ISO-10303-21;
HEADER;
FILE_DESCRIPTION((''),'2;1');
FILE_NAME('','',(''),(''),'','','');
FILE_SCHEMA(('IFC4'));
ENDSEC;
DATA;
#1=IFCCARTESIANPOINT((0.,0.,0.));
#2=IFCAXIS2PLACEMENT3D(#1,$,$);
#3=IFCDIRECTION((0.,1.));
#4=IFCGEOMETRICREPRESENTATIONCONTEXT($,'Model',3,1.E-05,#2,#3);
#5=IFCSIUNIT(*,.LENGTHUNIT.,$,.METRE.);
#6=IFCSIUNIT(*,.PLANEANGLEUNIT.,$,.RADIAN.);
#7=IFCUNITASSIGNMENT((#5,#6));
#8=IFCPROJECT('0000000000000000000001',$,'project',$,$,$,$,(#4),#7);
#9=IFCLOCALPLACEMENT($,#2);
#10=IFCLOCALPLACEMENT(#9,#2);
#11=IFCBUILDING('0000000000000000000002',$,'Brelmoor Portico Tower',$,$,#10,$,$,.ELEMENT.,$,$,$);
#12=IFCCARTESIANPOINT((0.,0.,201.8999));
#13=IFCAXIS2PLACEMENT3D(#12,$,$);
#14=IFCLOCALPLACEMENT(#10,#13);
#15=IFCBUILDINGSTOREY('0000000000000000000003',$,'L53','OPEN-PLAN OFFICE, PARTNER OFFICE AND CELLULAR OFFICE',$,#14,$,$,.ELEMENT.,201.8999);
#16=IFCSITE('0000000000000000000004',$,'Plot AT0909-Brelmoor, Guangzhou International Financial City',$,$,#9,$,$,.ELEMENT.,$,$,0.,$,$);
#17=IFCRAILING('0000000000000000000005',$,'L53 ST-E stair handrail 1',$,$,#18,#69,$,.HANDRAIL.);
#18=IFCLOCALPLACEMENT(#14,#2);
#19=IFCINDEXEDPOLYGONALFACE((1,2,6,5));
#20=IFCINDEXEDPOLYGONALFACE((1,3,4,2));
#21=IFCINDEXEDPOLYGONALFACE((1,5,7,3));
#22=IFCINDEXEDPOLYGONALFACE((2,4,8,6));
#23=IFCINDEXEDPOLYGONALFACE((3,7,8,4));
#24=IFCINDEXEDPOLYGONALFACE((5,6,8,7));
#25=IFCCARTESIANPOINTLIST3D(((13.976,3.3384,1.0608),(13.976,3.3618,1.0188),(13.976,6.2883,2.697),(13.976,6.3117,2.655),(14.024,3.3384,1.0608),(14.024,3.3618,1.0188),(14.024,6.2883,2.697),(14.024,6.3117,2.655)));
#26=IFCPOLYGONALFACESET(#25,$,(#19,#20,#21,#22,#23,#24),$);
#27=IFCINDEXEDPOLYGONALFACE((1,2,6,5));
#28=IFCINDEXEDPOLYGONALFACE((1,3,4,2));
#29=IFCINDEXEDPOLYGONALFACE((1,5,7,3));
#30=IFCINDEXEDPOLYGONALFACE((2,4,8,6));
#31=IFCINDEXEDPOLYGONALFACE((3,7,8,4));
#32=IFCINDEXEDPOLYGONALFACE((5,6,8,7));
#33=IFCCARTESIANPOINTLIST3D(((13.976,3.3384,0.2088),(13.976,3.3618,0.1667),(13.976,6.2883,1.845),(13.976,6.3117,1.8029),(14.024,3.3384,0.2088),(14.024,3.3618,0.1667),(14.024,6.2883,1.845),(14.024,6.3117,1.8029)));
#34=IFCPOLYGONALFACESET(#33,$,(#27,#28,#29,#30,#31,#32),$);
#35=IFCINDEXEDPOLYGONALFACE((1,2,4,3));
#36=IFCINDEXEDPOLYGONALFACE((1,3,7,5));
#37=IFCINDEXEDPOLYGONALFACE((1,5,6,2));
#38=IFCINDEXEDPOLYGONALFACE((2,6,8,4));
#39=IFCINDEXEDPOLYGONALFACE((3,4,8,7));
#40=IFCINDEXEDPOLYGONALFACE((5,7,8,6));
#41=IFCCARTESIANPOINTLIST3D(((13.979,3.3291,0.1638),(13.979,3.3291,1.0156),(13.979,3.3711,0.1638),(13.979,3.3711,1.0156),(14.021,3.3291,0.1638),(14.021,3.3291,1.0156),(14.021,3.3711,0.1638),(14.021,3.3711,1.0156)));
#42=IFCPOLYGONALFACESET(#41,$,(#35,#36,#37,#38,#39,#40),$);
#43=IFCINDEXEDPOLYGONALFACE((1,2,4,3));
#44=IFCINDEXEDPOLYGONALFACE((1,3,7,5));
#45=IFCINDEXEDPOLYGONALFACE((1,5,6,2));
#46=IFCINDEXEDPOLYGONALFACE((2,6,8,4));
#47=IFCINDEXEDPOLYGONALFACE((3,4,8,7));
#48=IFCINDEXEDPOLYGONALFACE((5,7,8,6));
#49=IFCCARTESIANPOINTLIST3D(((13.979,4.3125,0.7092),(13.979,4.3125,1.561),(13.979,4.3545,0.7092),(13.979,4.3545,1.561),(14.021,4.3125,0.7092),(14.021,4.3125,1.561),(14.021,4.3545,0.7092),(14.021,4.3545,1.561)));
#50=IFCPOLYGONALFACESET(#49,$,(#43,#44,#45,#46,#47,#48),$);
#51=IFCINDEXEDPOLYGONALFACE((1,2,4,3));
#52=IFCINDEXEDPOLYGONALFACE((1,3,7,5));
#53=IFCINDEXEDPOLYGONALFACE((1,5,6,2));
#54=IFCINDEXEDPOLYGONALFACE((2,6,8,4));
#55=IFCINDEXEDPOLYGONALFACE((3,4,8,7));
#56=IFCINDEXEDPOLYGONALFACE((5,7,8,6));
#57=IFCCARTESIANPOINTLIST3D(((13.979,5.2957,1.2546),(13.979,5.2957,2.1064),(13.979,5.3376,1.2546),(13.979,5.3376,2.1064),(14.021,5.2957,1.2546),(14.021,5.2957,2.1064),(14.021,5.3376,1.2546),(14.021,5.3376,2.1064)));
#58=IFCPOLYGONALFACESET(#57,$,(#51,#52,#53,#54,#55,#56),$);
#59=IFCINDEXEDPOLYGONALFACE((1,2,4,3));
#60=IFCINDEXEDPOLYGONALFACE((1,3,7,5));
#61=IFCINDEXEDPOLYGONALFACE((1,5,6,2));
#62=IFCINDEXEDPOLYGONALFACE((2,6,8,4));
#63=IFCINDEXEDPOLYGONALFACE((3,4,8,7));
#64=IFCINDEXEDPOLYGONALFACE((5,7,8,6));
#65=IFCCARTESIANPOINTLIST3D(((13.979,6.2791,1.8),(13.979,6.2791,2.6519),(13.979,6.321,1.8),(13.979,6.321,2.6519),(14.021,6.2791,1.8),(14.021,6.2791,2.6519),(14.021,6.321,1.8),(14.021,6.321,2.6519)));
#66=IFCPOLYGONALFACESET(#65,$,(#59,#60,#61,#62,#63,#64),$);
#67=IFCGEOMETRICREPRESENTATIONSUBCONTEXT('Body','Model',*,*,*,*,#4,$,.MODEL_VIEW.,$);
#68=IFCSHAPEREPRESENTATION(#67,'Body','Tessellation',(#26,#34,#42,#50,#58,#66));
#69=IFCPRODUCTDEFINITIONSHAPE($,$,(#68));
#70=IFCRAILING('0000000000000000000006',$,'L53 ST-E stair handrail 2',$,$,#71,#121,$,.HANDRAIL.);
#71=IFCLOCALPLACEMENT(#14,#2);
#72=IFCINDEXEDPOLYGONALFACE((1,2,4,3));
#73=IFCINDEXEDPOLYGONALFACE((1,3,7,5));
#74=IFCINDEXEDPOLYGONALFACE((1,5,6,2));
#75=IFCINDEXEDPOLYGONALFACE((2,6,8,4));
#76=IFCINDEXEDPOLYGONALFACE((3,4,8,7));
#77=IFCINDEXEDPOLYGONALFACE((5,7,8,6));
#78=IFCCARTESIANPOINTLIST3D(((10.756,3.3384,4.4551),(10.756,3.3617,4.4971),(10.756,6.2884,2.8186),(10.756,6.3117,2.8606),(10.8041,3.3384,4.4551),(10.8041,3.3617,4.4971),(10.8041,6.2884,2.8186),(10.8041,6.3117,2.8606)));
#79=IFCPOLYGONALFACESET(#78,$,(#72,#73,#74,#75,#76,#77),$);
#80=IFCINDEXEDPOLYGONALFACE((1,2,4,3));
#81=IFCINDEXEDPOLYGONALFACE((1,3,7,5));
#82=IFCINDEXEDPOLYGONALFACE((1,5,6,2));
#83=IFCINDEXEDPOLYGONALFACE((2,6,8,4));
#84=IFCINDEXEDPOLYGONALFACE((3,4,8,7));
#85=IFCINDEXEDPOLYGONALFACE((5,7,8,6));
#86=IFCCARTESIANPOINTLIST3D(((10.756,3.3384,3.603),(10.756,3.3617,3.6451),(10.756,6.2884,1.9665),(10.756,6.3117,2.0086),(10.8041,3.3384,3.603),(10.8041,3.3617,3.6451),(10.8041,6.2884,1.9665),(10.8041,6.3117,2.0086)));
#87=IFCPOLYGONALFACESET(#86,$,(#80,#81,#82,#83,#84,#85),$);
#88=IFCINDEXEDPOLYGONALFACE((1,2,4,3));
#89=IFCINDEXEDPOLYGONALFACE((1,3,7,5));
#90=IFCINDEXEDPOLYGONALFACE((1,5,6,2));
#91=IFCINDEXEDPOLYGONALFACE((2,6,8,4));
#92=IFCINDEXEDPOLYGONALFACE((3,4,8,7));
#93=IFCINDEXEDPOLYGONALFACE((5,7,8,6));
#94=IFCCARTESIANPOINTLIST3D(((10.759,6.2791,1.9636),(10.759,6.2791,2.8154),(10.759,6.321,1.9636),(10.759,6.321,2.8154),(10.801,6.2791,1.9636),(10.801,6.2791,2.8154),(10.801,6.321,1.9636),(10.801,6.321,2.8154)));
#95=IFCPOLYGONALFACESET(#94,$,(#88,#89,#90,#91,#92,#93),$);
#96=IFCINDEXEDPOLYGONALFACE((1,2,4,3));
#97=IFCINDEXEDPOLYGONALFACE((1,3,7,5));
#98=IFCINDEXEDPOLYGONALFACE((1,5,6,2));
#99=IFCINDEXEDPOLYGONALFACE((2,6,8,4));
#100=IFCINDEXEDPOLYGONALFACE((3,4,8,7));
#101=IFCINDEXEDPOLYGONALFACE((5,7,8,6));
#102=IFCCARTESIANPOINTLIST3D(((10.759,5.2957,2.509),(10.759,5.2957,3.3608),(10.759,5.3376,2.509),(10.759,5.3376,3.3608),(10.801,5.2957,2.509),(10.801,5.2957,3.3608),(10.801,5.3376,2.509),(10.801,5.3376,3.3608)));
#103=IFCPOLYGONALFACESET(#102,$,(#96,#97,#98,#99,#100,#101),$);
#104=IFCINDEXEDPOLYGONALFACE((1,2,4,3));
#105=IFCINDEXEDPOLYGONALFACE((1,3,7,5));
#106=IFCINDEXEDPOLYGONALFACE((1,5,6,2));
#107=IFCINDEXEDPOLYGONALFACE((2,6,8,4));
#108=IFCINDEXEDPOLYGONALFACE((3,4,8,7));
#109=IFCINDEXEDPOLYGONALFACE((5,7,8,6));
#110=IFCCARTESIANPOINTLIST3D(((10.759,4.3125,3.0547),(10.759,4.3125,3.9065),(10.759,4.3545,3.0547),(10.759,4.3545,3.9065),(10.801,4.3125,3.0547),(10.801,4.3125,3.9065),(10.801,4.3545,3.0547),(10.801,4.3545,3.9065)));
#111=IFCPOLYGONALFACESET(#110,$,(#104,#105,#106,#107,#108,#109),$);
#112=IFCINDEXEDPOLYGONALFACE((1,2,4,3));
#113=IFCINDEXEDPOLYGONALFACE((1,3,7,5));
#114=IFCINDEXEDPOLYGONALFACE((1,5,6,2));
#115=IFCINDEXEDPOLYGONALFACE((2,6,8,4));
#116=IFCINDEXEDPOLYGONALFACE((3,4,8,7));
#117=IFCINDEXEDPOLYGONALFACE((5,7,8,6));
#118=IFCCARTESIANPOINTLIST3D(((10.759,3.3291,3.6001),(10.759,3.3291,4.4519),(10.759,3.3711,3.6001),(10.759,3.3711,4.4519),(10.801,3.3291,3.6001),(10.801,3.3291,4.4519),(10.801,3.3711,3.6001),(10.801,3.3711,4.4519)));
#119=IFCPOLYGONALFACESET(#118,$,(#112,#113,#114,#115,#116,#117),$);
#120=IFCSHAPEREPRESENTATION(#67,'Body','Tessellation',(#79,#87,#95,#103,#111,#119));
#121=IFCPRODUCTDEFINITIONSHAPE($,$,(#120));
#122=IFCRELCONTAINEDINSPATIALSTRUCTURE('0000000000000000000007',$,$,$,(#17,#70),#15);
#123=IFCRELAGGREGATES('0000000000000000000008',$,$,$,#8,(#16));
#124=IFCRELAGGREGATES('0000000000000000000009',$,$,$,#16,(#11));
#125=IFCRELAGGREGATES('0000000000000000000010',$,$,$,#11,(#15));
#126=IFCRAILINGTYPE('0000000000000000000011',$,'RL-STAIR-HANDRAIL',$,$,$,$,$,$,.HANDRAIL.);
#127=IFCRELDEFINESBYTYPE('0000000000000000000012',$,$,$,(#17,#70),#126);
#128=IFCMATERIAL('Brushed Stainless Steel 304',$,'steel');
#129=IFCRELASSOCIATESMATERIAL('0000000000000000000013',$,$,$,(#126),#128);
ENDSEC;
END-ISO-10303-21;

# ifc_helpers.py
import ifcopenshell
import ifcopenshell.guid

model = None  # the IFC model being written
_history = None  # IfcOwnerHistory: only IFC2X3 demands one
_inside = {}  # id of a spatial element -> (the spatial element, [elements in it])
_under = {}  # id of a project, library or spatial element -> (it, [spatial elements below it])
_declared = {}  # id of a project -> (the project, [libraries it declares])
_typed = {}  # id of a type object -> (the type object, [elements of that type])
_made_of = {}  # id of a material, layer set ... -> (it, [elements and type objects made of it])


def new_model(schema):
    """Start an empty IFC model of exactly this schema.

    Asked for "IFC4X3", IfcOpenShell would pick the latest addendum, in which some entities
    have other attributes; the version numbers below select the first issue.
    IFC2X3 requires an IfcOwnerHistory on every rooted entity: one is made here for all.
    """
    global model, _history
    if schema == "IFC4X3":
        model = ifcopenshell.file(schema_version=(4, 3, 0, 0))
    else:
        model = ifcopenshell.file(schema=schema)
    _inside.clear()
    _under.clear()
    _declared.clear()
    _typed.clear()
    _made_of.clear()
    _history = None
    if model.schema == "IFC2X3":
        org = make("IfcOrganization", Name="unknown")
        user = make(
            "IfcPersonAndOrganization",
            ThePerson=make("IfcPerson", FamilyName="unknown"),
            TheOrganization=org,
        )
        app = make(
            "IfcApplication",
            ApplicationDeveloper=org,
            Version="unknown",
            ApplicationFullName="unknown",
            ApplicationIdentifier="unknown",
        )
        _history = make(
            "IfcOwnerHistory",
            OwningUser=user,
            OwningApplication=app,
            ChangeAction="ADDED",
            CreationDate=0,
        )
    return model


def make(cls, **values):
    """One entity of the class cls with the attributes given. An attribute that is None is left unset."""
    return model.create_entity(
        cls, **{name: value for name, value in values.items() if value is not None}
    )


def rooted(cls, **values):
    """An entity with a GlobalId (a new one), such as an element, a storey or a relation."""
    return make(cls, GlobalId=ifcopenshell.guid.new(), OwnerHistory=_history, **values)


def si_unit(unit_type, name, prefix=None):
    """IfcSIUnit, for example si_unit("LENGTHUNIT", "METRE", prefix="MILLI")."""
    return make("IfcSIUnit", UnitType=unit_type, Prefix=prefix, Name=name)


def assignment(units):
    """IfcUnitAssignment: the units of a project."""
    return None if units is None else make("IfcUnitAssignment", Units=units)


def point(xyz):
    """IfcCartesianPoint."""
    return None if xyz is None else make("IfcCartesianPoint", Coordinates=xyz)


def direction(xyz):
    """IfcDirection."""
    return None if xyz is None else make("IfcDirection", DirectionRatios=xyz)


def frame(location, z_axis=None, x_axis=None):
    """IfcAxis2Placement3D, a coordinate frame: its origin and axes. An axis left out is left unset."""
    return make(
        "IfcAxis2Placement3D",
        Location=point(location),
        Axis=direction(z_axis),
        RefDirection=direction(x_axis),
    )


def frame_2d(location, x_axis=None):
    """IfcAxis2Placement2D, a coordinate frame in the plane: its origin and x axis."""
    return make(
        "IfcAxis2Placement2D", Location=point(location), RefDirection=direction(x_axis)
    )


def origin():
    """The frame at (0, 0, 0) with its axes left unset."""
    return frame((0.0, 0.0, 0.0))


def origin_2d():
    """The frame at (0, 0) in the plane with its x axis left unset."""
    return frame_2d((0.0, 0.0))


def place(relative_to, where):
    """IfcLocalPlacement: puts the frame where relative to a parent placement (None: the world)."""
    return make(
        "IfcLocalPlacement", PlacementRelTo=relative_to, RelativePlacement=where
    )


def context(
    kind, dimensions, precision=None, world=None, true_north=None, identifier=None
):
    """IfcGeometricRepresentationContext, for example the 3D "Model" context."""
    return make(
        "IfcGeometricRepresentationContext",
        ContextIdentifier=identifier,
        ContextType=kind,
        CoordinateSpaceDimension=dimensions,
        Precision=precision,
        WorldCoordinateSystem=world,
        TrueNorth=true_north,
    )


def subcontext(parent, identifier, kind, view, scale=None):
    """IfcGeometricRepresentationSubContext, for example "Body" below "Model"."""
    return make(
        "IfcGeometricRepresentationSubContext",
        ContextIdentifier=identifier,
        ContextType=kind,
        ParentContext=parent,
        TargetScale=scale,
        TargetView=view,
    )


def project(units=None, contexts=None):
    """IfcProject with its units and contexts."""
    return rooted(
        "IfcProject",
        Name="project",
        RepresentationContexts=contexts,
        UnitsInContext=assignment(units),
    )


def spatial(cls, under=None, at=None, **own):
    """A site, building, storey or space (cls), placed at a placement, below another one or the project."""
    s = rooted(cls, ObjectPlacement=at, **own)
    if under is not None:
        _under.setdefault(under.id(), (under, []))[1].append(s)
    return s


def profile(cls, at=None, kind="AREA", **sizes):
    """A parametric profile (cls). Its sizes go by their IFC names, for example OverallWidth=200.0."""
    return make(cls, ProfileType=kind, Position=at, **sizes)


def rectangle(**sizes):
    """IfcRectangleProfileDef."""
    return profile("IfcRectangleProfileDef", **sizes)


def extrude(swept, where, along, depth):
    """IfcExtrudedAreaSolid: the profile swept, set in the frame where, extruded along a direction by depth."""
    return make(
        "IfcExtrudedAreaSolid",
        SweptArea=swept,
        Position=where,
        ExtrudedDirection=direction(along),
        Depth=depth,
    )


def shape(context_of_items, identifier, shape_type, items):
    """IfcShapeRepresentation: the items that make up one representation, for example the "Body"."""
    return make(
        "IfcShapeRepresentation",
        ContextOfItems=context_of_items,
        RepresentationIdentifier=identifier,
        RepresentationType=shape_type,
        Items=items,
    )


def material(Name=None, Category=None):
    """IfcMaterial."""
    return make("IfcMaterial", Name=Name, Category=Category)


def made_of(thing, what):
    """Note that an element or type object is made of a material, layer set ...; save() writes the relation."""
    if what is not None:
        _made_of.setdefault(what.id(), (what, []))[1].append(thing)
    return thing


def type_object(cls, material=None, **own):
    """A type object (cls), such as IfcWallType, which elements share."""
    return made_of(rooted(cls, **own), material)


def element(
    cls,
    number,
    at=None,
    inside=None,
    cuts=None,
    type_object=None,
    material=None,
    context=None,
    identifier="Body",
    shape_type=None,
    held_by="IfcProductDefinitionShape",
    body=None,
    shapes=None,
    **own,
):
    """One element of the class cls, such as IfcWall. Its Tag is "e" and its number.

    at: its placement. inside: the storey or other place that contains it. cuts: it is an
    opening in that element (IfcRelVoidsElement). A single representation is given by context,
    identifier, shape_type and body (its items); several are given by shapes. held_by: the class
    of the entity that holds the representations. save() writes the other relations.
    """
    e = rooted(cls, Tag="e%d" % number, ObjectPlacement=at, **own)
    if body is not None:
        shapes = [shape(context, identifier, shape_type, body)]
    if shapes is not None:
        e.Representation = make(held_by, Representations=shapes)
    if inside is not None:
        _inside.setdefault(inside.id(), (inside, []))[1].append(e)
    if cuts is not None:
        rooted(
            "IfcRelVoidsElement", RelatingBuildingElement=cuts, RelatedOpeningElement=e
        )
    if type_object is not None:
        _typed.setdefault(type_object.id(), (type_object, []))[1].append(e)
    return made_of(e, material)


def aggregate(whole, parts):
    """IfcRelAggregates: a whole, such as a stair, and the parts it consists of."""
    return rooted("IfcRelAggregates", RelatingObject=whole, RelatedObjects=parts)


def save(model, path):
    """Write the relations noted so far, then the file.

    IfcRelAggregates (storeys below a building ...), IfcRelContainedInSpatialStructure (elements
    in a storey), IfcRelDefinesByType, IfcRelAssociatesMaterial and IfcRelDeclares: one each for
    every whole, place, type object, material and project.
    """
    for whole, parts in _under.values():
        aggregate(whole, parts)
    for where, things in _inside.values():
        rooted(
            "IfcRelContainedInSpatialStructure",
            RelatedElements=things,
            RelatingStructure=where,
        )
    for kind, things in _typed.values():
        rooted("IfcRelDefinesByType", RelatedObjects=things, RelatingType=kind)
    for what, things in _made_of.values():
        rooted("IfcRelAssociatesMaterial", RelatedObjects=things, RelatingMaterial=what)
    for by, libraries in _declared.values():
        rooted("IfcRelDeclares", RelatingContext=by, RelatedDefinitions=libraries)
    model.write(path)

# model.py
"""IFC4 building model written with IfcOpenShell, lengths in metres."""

from ifc_helpers import new_model, si_unit, direction, frame, origin, origin_2d, place, context, subcontext, project, spatial, rectangle, extrude, material, type_object, element, save


model = new_model("IFC4")

# Units and contexts
model_context = context("Model", 3, precision=1e-05, world=origin(), true_north=direction((0.0, 1.0)))
body_context = subcontext(model_context, "Body", "Model", "MODEL_VIEW")
ifc_project = project(units=[si_unit("LENGTHUNIT", "METRE"), si_unit("PLANEANGLEUNIT", "RADIAN")], contexts=[model_context])

# Site, building, storey
site_placement = place(None, origin())
site = spatial("IfcSite", under=ifc_project, at=site_placement, Name="Plot AT0909-Brelmoor, Guangzhou International Financial City", CompositionType="ELEMENT", RefElevation=0.0)
building_placement = place(site_placement, origin())
building = spatial("IfcBuilding", under=site, at=building_placement, Name="Brelmoor Portico Tower", CompositionType="ELEMENT")
storey_placement = place(building_placement, frame((0.0, 0.0, 201.8999)))
storey = spatial("IfcBuildingStorey", under=building, at=storey_placement, Name="L53", Description="OPEN-PLAN OFFICE, PARTNER OFFICE AND CELLULAR OFFICE", CompositionType="ELEMENT", Elevation=201.8999)

# Railings
ifc_material_1 = material(Name="Brushed Stainless Steel 304", Category="steel")
railing_type_1 = type_object("IfcRailingType", Name="RL-STAIR-HANDRAIL", PredefinedType="HANDRAIL", material=ifc_material_1)
railing_1_placement = place(storey_placement, frame((14.0, 3.3501, 0.1638)))
element("IfcRailing", 1, at=railing_1_placement, inside=storey, type_object=railing_type_1, Name="L53 ST-E stair handrail 1", PredefinedType="HANDRAIL", context=body_context, shape_type="SweptSolid", body=[
    extrude(rectangle(XDim=0.0481, YDim=0.0481, at=origin_2d()), frame((0.0, 0.0, 0.876), z_axis=(0.0, 0.874488, 0.485047), x_axis=(-1.0, 0.0, 0.0)), (0.0, 0.0, 1.0), 3.3733),
    extrude(rectangle(XDim=0.0481, YDim=0.0481, at=origin_2d()), frame((0.0, 0.0, 0.0239), z_axis=(0.0, 0.874488, 0.485047), x_axis=(-1.0, 0.0, 0.0)), (0.0, 0.0, 1.0), 3.3733),
    extrude(rectangle(XDim=0.042, YDim=0.042, at=origin_2d()), origin(), (0.0, 0.0, 1.0), 0.8518),
    extrude(rectangle(XDim=0.042, YDim=0.042, at=origin_2d()), frame((0.0, 0.9834, 0.5454)), (0.0, 0.0, 1.0), 0.8518),
    extrude(rectangle(XDim=0.042, YDim=0.042, at=origin_2d()), frame((0.0, 1.9666, 1.0908)), (0.0, 0.0, 1.0), 0.8518),
    extrude(rectangle(XDim=0.042, YDim=0.042, at=origin_2d()), frame((0.0, 2.95, 1.6362)), (0.0, 0.0, 1.0), 0.8518),
])
railing_2_placement = place(storey_placement, frame((10.78, 6.3, 1.9636)))
element("IfcRailing", 2, at=railing_2_placement, inside=storey, type_object=railing_type_1, Name="L53 ST-E stair handrail 2", PredefinedType="HANDRAIL", context=body_context, shape_type="SweptSolid", body=[
    extrude(rectangle(XDim=0.0481, YDim=0.0481, at=origin_2d()), frame((0.0, 0.0, 0.876), z_axis=(0.0, -0.874458, 0.485102), x_axis=(1.0, 0.0, 0.0)), (0.0, 0.0, 1.0), 3.3735),
    extrude(rectangle(XDim=0.0481, YDim=0.0481, at=origin_2d()), frame((0.0, 0.0, 0.0239), z_axis=(0.0, -0.874458, 0.485102), x_axis=(1.0, 0.0, 0.0)), (0.0, 0.0, 1.0), 3.3735),
    extrude(rectangle(XDim=0.042, YDim=0.042, at=origin_2d()), origin(), (0.0, 0.0, 1.0), 0.8518),
    extrude(rectangle(XDim=0.042, YDim=0.042, at=origin_2d()), frame((0.0, -0.9834, 0.5454)), (0.0, 0.0, 1.0), 0.8518),
    extrude(rectangle(XDim=0.042, YDim=0.042, at=origin_2d()), frame((0.0, -1.9666, 1.0911)), (0.0, 0.0, 1.0), 0.8518),
    extrude(rectangle(XDim=0.042, YDim=0.042, at=origin_2d()), frame((0.0, -2.95, 1.6365)), (0.0, 0.0, 1.0), 0.8518),
])

save(model, "model.ifc")
